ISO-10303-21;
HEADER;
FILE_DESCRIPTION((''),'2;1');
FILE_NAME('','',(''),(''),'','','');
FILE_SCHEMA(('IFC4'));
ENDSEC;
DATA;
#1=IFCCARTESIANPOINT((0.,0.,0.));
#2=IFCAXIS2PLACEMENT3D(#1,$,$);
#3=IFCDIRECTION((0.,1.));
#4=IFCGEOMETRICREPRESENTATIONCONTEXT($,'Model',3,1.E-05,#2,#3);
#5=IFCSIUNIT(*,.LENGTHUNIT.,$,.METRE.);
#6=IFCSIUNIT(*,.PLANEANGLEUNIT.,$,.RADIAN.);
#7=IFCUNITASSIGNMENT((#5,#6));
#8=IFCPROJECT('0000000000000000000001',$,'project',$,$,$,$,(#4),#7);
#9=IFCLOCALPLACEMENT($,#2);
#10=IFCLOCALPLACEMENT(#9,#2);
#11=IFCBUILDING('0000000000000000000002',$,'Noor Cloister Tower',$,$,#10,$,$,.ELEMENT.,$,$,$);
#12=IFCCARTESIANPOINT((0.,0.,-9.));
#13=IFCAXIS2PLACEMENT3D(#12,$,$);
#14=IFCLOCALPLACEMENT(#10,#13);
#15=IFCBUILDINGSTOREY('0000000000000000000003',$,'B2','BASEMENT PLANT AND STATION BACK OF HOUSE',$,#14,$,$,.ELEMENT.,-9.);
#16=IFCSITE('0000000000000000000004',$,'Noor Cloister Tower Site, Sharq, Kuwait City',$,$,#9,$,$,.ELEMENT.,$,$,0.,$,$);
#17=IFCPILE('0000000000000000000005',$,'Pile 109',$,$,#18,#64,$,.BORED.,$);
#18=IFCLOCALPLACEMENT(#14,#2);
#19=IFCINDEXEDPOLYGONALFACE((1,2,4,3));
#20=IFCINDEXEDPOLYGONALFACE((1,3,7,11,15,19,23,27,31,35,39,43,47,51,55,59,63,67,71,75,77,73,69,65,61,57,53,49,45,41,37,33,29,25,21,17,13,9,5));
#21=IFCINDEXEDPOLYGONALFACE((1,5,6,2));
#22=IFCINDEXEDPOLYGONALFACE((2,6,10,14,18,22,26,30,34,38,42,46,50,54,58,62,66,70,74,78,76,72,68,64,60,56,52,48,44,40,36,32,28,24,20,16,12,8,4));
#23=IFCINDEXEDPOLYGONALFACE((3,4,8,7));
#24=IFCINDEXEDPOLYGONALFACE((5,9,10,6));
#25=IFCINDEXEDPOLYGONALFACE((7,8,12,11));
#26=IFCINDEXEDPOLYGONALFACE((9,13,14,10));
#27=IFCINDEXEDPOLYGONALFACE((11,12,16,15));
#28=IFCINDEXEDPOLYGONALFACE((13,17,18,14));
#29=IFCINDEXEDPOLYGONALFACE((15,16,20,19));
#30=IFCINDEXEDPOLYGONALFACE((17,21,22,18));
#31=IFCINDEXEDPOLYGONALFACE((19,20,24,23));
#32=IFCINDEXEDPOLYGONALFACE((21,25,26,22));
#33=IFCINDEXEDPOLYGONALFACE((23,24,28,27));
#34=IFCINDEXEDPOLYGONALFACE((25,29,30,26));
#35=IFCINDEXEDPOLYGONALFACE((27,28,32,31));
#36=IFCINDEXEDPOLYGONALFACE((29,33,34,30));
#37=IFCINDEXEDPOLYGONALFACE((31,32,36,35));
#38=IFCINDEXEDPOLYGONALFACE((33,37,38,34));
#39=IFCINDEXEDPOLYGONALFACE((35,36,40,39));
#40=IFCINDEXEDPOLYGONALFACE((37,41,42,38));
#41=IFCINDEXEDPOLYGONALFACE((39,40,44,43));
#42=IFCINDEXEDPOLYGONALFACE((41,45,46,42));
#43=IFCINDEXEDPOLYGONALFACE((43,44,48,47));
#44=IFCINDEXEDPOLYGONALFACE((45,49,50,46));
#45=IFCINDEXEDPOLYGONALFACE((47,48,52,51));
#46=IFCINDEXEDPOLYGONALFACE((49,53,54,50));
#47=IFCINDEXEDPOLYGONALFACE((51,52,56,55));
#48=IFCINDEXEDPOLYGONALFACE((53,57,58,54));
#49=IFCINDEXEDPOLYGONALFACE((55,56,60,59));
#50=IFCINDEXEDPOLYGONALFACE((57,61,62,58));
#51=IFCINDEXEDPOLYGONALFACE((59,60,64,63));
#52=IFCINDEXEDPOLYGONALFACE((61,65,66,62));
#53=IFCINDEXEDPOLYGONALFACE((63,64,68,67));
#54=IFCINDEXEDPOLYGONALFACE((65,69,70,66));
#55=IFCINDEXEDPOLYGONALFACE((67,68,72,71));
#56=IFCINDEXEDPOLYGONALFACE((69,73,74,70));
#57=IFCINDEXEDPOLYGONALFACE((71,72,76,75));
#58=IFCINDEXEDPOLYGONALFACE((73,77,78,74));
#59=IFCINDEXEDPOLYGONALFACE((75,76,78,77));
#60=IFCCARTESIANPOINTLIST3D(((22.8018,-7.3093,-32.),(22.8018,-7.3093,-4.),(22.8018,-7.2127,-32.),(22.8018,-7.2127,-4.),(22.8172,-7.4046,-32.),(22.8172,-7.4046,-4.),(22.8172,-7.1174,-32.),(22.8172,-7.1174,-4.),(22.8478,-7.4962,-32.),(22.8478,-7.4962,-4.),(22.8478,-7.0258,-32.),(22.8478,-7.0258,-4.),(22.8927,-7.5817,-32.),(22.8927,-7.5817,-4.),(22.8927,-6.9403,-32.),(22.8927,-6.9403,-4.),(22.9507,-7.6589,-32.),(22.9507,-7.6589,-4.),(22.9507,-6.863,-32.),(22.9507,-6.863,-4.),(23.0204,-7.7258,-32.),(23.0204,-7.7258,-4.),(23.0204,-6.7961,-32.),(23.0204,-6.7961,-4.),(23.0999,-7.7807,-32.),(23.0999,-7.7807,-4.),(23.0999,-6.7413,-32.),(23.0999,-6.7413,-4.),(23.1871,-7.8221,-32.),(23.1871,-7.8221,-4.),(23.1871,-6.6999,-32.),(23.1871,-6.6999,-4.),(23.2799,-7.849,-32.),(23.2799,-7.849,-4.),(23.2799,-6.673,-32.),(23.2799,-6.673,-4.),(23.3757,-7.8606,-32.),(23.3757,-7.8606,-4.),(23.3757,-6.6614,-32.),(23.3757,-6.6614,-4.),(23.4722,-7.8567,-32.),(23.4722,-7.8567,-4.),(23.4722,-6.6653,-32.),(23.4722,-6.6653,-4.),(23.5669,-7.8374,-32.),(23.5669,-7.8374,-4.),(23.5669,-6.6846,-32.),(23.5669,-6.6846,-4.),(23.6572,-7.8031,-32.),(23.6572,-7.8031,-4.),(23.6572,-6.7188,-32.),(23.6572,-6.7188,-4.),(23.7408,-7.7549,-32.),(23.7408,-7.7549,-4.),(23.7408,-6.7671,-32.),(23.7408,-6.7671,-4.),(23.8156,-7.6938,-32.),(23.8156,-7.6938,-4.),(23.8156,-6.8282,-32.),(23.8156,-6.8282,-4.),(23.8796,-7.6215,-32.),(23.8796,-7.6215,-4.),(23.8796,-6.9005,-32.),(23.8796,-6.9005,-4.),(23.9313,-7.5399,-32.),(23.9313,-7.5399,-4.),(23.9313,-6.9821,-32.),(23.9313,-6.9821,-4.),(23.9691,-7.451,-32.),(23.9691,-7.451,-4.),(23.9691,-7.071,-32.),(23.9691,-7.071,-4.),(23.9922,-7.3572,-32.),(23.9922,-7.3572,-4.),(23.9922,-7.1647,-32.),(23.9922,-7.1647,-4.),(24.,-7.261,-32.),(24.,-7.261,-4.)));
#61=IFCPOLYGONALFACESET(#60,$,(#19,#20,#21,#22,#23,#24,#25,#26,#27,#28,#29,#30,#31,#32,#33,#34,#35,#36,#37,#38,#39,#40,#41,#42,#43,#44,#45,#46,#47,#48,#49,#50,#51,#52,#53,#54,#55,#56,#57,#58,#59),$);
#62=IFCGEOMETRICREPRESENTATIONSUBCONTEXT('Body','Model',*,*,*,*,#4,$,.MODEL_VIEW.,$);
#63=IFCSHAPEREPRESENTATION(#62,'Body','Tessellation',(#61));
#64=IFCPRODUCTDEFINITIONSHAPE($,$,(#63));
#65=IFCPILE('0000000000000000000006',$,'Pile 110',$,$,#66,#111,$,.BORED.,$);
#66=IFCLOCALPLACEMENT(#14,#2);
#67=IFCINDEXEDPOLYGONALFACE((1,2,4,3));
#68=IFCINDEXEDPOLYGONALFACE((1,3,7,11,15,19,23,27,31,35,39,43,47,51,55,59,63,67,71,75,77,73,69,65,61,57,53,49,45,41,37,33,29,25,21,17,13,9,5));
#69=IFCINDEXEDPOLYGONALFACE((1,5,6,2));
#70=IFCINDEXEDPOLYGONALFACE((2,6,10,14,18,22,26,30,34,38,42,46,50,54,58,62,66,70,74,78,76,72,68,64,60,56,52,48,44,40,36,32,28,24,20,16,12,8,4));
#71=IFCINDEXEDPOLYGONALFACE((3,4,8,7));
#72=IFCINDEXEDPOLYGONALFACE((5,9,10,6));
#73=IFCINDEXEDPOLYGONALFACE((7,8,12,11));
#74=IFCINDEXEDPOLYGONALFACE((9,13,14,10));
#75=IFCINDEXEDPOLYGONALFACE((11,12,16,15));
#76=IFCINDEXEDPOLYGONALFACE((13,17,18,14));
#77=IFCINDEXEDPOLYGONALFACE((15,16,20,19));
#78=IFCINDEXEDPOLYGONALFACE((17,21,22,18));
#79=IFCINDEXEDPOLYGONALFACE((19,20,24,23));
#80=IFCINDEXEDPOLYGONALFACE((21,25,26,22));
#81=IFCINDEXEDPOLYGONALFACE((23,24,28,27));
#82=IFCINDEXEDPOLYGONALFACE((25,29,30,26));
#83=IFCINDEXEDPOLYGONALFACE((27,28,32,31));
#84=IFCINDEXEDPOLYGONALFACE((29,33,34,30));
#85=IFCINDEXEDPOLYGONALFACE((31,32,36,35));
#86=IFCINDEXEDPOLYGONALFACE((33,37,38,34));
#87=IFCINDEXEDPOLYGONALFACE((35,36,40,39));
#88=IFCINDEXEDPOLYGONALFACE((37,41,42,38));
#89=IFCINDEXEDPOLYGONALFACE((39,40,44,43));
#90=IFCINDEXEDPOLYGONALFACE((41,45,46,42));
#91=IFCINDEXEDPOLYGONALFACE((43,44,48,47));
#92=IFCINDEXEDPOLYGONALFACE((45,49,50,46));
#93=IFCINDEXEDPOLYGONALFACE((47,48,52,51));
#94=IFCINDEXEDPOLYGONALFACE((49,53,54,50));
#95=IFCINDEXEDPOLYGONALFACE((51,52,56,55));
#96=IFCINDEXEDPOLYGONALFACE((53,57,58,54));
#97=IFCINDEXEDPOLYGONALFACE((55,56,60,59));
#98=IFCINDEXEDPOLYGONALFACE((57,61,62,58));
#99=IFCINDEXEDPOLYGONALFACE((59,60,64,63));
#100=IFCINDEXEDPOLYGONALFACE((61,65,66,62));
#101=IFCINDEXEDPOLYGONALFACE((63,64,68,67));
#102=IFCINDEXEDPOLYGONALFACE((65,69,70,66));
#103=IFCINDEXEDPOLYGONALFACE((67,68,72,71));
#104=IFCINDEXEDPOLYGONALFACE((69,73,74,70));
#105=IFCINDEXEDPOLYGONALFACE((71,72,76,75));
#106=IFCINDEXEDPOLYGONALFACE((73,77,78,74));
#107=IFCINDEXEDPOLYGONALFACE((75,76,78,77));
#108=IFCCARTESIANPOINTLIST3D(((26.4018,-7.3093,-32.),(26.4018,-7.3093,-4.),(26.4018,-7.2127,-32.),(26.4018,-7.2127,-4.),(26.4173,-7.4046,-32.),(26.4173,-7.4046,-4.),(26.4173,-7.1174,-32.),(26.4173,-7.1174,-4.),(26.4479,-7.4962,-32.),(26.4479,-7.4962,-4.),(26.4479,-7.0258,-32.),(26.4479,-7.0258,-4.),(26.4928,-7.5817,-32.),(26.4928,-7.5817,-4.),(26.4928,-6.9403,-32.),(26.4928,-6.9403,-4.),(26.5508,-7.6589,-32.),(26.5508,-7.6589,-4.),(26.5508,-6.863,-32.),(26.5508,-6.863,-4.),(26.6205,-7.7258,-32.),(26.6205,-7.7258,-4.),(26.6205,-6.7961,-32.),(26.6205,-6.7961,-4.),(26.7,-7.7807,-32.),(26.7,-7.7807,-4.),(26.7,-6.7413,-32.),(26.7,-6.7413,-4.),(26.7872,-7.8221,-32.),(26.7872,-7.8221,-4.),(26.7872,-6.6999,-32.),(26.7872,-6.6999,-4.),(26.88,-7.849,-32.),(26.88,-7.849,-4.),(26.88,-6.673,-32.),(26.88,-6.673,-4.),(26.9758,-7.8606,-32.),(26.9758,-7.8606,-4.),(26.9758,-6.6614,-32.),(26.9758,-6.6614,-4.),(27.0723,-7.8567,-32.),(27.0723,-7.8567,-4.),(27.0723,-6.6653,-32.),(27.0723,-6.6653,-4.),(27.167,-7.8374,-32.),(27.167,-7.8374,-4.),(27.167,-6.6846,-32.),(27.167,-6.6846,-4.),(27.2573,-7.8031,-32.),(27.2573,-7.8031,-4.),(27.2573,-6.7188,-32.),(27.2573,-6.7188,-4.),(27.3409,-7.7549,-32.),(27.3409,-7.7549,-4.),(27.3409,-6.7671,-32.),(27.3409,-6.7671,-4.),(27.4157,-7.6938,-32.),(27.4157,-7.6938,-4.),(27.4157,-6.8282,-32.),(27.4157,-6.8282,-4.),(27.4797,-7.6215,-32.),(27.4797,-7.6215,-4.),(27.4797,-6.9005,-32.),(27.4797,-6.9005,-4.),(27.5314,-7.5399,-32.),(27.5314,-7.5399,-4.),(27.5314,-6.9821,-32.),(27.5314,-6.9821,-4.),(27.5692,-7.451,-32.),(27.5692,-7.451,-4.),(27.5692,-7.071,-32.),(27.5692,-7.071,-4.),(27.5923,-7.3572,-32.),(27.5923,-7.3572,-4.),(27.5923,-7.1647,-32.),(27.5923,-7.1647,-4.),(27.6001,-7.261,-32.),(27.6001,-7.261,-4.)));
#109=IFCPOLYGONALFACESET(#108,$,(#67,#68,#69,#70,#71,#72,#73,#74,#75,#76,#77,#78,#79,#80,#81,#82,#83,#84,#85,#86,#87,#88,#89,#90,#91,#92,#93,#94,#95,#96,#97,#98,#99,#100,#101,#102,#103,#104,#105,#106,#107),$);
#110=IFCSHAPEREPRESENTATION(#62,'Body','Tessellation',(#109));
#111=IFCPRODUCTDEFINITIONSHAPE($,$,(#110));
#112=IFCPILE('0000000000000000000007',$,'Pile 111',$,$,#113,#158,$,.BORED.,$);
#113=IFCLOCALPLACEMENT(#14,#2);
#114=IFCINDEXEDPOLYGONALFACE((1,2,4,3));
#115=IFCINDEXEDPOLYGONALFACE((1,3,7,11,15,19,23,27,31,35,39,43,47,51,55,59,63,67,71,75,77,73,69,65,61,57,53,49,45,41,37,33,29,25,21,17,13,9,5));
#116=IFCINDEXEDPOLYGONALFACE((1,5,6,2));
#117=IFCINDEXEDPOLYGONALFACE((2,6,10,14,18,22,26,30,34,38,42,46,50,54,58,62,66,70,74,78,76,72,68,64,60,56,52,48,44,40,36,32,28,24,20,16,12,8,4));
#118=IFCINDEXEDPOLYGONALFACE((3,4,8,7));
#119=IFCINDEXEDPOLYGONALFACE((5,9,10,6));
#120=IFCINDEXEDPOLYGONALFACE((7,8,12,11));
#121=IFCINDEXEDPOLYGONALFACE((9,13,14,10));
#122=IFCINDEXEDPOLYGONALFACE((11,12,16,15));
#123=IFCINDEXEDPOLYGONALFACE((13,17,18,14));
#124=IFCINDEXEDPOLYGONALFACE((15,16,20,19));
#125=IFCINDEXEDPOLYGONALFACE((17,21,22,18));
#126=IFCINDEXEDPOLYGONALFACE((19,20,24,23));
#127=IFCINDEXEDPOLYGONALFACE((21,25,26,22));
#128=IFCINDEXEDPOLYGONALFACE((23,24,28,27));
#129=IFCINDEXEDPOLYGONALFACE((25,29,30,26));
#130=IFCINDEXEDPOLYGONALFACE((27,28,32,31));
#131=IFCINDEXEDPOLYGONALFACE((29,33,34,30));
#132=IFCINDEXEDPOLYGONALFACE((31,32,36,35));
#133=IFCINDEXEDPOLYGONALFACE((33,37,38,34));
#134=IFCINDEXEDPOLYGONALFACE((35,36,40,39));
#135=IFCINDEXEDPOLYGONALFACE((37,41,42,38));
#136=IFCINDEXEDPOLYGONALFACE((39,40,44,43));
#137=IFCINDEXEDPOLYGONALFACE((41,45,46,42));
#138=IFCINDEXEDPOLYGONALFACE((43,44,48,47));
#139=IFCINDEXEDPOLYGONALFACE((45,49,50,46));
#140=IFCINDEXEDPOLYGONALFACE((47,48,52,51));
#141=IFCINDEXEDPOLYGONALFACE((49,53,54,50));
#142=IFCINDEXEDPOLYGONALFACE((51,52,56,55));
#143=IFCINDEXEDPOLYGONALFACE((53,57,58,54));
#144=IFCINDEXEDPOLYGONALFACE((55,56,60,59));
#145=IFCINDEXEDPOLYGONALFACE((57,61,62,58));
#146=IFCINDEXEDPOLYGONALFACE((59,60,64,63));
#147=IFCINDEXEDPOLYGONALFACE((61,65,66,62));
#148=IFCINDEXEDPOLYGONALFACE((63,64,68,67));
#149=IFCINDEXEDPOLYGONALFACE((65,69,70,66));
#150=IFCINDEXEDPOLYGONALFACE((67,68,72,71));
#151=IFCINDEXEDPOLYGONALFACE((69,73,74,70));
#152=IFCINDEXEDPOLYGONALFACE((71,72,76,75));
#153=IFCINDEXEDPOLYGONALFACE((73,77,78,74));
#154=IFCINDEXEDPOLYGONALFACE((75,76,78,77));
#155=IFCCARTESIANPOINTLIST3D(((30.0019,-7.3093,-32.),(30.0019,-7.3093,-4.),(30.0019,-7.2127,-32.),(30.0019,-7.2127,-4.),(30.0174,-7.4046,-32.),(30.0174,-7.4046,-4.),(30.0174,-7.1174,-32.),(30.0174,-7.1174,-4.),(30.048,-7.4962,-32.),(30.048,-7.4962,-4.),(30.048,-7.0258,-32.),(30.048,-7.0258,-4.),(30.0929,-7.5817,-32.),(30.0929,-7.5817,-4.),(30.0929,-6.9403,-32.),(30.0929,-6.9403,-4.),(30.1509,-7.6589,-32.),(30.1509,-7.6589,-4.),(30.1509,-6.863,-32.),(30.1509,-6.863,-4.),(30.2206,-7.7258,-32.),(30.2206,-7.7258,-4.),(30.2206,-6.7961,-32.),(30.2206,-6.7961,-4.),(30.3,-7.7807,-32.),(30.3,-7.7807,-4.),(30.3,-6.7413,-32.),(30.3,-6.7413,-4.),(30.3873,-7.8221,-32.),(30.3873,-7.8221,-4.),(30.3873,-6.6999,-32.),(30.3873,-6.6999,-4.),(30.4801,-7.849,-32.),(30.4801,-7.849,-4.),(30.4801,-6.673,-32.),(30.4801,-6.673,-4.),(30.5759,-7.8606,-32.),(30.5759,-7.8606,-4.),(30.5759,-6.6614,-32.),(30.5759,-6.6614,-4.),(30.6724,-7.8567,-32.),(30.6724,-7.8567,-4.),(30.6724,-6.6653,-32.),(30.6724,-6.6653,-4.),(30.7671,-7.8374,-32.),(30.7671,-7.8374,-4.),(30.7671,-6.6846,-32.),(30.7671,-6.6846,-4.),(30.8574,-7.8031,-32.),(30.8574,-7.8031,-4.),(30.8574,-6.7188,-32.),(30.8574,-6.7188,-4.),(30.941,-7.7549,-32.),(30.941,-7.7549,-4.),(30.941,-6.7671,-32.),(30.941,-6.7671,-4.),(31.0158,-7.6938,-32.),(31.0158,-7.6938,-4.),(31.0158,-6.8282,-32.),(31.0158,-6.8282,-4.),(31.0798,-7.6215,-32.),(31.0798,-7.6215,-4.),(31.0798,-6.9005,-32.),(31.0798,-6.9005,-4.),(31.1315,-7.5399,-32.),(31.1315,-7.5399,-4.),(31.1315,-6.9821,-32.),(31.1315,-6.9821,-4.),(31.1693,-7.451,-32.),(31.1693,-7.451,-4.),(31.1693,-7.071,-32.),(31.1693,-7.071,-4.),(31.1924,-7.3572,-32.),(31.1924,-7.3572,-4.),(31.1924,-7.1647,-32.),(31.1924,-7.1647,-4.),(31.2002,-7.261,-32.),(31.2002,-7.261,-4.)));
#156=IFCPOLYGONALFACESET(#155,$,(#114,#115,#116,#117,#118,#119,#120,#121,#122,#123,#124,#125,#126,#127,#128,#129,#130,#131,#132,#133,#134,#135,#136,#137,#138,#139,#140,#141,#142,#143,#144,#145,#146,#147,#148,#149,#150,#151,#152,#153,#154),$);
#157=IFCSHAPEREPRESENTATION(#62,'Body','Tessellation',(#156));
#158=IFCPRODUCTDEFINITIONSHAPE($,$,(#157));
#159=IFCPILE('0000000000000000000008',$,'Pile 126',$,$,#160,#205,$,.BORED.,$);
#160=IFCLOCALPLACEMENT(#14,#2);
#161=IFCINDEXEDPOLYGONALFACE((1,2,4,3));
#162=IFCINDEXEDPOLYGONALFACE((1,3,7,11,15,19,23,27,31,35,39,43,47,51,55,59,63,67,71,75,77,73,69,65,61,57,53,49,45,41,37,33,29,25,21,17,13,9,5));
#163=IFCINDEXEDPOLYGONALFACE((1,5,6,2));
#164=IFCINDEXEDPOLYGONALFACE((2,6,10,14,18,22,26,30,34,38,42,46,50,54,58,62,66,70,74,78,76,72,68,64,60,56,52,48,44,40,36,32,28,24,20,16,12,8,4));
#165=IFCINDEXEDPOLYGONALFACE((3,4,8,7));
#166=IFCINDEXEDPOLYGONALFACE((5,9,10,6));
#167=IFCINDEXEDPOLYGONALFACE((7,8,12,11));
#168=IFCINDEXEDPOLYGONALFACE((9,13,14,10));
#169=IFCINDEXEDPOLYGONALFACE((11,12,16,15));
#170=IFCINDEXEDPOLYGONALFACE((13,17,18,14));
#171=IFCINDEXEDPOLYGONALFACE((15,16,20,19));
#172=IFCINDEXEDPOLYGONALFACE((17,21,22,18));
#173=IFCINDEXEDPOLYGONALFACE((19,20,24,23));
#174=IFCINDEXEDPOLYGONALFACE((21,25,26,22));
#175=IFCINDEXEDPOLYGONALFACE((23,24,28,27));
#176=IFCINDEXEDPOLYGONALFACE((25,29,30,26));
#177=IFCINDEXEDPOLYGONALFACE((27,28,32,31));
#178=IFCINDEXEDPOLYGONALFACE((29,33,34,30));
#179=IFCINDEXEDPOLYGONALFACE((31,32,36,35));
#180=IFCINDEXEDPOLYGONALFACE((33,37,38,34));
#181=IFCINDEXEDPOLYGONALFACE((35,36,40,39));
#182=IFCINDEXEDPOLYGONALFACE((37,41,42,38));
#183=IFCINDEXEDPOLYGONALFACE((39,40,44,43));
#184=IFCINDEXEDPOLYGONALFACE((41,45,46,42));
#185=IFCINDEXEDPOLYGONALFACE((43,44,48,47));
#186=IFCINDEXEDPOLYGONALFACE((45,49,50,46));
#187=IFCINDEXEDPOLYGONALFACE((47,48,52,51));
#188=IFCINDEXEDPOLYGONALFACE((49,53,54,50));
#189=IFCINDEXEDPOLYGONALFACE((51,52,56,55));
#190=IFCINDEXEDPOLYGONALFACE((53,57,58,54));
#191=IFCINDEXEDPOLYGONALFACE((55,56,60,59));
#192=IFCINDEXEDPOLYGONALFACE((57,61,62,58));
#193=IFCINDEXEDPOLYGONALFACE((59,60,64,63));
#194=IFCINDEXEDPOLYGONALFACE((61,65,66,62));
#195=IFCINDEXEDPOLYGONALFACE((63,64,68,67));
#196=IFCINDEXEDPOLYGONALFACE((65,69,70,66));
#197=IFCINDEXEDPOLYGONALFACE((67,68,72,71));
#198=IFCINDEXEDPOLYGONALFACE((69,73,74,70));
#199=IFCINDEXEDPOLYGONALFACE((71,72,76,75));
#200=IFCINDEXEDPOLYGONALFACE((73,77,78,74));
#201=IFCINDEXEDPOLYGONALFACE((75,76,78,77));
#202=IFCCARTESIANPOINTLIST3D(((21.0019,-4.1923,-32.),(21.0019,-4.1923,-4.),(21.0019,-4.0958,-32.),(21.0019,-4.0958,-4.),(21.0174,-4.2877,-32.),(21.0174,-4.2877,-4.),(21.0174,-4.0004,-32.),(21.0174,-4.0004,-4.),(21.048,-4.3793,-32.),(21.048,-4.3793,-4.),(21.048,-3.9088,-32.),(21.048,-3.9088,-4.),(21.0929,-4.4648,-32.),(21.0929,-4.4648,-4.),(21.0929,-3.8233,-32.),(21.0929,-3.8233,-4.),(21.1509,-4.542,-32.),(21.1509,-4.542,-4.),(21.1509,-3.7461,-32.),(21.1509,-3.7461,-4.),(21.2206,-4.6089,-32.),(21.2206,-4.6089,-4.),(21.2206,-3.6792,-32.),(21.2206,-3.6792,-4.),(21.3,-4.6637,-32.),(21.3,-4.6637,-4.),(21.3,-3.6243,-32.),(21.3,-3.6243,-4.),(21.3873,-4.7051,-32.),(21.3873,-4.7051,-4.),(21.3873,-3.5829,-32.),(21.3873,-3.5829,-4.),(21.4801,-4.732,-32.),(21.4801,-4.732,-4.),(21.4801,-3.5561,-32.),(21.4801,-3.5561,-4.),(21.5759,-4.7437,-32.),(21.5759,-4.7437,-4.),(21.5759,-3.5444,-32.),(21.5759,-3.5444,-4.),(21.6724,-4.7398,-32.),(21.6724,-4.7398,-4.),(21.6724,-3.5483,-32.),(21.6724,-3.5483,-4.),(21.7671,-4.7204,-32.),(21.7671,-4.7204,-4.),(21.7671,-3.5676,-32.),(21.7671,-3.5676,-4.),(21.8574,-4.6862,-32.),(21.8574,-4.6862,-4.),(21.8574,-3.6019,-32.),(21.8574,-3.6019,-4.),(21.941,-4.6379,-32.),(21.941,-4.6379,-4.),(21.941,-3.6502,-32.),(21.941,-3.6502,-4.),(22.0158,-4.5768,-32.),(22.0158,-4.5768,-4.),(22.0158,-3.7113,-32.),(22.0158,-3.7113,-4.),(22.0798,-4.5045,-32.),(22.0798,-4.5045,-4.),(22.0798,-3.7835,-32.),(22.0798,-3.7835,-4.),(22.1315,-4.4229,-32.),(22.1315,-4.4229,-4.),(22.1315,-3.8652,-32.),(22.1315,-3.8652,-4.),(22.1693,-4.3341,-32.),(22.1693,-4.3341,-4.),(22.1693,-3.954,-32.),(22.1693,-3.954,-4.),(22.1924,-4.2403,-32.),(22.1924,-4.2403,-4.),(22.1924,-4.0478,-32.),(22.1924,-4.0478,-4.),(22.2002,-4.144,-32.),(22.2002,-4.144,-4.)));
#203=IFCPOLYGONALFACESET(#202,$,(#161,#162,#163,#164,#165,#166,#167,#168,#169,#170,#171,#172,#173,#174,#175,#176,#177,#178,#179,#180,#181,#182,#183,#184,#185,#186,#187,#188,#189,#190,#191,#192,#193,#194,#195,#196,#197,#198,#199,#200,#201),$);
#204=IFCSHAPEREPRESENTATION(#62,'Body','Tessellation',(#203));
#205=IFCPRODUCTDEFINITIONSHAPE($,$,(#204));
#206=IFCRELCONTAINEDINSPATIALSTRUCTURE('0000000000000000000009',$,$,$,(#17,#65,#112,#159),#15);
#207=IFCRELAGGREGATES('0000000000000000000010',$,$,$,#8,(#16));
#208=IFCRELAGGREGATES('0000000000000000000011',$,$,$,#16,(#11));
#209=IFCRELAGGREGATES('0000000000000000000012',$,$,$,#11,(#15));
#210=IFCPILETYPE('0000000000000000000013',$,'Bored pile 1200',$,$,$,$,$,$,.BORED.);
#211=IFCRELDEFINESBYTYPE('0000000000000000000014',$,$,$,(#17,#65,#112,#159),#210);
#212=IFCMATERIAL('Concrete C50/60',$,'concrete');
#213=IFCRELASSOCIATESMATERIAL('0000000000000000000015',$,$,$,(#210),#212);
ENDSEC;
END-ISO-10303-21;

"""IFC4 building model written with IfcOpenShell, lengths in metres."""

from ifc_helpers import new_model, si_unit, direction, frame, origin, origin_2d, place, context, subcontext, project, spatial, circle, extrude, material, material_profile, profile_set, type_object, element, save


model = new_model("IFC4")

# Units and contexts
model_context = context("Model", 3, precision=1e-05, world=origin(), true_north=direction((0.0, 1.0)))
body_context = subcontext(model_context, "Body", "Model", "MODEL_VIEW")
ifc_project = project(units=[si_unit("LENGTHUNIT", "METRE"), si_unit("PLANEANGLEUNIT", "RADIAN")], contexts=[model_context])

# Site, building, storey
site_placement = place(None, origin())
site = spatial("IfcSite", under=ifc_project, at=site_placement, Name="Noor Cloister Tower Site, Sharq, Kuwait City", CompositionType="ELEMENT", RefElevation=0.0)
building_placement = place(site_placement, origin())
building = spatial("IfcBuilding", under=site, at=building_placement, Name="Noor Cloister Tower", CompositionType="ELEMENT")
storey_placement = place(building_placement, frame((0.0, 0.0, -9.0)))
storey = spatial("IfcBuildingStorey", under=building, at=storey_placement, Name="B2", Description="BASEMENT PLANT AND STATION BACK OF HOUSE", CompositionType="ELEMENT", Elevation=-9.0)

# Piles
ifc_material_1 = material(Name="Concrete C50/60", Category="concrete")
ifc_material_profile_1 = material_profile(ifc_material_1, circle(Radius=0.6001, at=origin_2d()), Name="Bored pile 1200")
ifc_profile_set_1 = profile_set([ifc_material_profile_1], Name="Concrete C50/60")
pile_type = type_object("IfcPileType", Name="Bored pile 1200", PredefinedType="BORED", material=ifc_profile_set_1)
for number, where, z_axis, x_axis, name in (
    (1, (23.3999, -7.261, -4.0), (0.0, 0.0, -1.0), (1.0, 0.0, 0.0), "Pile 109"),
    (2, (27.0, -7.261, -4.0), (0.0, 0.0, -1.0), (1.0, 0.0, 0.0), "Pile 110"),
    (3, (30.6001, -7.261, -4.0), (0.0, 0.0, -1.0), (1.0, 0.0, 0.0), "Pile 111"),
    (4, (21.6001, -4.144, -4.0), (0.0, 0.0, -1.0), (1.0, 0.0, 0.0), "Pile 126"),
):
    element("IfcPile", number, at=place(storey_placement, frame(where, z_axis=z_axis, x_axis=x_axis)), inside=storey, type_object=pile_type, Name=name, PredefinedType="BORED", context=body_context, shape_type="SweptSolid", body=[
        extrude(circle(Radius=0.6001, at=origin_2d()), origin(), (0.0, 0.0, 1.0), 28.0),
    ])

save(model, "model.ifc")
